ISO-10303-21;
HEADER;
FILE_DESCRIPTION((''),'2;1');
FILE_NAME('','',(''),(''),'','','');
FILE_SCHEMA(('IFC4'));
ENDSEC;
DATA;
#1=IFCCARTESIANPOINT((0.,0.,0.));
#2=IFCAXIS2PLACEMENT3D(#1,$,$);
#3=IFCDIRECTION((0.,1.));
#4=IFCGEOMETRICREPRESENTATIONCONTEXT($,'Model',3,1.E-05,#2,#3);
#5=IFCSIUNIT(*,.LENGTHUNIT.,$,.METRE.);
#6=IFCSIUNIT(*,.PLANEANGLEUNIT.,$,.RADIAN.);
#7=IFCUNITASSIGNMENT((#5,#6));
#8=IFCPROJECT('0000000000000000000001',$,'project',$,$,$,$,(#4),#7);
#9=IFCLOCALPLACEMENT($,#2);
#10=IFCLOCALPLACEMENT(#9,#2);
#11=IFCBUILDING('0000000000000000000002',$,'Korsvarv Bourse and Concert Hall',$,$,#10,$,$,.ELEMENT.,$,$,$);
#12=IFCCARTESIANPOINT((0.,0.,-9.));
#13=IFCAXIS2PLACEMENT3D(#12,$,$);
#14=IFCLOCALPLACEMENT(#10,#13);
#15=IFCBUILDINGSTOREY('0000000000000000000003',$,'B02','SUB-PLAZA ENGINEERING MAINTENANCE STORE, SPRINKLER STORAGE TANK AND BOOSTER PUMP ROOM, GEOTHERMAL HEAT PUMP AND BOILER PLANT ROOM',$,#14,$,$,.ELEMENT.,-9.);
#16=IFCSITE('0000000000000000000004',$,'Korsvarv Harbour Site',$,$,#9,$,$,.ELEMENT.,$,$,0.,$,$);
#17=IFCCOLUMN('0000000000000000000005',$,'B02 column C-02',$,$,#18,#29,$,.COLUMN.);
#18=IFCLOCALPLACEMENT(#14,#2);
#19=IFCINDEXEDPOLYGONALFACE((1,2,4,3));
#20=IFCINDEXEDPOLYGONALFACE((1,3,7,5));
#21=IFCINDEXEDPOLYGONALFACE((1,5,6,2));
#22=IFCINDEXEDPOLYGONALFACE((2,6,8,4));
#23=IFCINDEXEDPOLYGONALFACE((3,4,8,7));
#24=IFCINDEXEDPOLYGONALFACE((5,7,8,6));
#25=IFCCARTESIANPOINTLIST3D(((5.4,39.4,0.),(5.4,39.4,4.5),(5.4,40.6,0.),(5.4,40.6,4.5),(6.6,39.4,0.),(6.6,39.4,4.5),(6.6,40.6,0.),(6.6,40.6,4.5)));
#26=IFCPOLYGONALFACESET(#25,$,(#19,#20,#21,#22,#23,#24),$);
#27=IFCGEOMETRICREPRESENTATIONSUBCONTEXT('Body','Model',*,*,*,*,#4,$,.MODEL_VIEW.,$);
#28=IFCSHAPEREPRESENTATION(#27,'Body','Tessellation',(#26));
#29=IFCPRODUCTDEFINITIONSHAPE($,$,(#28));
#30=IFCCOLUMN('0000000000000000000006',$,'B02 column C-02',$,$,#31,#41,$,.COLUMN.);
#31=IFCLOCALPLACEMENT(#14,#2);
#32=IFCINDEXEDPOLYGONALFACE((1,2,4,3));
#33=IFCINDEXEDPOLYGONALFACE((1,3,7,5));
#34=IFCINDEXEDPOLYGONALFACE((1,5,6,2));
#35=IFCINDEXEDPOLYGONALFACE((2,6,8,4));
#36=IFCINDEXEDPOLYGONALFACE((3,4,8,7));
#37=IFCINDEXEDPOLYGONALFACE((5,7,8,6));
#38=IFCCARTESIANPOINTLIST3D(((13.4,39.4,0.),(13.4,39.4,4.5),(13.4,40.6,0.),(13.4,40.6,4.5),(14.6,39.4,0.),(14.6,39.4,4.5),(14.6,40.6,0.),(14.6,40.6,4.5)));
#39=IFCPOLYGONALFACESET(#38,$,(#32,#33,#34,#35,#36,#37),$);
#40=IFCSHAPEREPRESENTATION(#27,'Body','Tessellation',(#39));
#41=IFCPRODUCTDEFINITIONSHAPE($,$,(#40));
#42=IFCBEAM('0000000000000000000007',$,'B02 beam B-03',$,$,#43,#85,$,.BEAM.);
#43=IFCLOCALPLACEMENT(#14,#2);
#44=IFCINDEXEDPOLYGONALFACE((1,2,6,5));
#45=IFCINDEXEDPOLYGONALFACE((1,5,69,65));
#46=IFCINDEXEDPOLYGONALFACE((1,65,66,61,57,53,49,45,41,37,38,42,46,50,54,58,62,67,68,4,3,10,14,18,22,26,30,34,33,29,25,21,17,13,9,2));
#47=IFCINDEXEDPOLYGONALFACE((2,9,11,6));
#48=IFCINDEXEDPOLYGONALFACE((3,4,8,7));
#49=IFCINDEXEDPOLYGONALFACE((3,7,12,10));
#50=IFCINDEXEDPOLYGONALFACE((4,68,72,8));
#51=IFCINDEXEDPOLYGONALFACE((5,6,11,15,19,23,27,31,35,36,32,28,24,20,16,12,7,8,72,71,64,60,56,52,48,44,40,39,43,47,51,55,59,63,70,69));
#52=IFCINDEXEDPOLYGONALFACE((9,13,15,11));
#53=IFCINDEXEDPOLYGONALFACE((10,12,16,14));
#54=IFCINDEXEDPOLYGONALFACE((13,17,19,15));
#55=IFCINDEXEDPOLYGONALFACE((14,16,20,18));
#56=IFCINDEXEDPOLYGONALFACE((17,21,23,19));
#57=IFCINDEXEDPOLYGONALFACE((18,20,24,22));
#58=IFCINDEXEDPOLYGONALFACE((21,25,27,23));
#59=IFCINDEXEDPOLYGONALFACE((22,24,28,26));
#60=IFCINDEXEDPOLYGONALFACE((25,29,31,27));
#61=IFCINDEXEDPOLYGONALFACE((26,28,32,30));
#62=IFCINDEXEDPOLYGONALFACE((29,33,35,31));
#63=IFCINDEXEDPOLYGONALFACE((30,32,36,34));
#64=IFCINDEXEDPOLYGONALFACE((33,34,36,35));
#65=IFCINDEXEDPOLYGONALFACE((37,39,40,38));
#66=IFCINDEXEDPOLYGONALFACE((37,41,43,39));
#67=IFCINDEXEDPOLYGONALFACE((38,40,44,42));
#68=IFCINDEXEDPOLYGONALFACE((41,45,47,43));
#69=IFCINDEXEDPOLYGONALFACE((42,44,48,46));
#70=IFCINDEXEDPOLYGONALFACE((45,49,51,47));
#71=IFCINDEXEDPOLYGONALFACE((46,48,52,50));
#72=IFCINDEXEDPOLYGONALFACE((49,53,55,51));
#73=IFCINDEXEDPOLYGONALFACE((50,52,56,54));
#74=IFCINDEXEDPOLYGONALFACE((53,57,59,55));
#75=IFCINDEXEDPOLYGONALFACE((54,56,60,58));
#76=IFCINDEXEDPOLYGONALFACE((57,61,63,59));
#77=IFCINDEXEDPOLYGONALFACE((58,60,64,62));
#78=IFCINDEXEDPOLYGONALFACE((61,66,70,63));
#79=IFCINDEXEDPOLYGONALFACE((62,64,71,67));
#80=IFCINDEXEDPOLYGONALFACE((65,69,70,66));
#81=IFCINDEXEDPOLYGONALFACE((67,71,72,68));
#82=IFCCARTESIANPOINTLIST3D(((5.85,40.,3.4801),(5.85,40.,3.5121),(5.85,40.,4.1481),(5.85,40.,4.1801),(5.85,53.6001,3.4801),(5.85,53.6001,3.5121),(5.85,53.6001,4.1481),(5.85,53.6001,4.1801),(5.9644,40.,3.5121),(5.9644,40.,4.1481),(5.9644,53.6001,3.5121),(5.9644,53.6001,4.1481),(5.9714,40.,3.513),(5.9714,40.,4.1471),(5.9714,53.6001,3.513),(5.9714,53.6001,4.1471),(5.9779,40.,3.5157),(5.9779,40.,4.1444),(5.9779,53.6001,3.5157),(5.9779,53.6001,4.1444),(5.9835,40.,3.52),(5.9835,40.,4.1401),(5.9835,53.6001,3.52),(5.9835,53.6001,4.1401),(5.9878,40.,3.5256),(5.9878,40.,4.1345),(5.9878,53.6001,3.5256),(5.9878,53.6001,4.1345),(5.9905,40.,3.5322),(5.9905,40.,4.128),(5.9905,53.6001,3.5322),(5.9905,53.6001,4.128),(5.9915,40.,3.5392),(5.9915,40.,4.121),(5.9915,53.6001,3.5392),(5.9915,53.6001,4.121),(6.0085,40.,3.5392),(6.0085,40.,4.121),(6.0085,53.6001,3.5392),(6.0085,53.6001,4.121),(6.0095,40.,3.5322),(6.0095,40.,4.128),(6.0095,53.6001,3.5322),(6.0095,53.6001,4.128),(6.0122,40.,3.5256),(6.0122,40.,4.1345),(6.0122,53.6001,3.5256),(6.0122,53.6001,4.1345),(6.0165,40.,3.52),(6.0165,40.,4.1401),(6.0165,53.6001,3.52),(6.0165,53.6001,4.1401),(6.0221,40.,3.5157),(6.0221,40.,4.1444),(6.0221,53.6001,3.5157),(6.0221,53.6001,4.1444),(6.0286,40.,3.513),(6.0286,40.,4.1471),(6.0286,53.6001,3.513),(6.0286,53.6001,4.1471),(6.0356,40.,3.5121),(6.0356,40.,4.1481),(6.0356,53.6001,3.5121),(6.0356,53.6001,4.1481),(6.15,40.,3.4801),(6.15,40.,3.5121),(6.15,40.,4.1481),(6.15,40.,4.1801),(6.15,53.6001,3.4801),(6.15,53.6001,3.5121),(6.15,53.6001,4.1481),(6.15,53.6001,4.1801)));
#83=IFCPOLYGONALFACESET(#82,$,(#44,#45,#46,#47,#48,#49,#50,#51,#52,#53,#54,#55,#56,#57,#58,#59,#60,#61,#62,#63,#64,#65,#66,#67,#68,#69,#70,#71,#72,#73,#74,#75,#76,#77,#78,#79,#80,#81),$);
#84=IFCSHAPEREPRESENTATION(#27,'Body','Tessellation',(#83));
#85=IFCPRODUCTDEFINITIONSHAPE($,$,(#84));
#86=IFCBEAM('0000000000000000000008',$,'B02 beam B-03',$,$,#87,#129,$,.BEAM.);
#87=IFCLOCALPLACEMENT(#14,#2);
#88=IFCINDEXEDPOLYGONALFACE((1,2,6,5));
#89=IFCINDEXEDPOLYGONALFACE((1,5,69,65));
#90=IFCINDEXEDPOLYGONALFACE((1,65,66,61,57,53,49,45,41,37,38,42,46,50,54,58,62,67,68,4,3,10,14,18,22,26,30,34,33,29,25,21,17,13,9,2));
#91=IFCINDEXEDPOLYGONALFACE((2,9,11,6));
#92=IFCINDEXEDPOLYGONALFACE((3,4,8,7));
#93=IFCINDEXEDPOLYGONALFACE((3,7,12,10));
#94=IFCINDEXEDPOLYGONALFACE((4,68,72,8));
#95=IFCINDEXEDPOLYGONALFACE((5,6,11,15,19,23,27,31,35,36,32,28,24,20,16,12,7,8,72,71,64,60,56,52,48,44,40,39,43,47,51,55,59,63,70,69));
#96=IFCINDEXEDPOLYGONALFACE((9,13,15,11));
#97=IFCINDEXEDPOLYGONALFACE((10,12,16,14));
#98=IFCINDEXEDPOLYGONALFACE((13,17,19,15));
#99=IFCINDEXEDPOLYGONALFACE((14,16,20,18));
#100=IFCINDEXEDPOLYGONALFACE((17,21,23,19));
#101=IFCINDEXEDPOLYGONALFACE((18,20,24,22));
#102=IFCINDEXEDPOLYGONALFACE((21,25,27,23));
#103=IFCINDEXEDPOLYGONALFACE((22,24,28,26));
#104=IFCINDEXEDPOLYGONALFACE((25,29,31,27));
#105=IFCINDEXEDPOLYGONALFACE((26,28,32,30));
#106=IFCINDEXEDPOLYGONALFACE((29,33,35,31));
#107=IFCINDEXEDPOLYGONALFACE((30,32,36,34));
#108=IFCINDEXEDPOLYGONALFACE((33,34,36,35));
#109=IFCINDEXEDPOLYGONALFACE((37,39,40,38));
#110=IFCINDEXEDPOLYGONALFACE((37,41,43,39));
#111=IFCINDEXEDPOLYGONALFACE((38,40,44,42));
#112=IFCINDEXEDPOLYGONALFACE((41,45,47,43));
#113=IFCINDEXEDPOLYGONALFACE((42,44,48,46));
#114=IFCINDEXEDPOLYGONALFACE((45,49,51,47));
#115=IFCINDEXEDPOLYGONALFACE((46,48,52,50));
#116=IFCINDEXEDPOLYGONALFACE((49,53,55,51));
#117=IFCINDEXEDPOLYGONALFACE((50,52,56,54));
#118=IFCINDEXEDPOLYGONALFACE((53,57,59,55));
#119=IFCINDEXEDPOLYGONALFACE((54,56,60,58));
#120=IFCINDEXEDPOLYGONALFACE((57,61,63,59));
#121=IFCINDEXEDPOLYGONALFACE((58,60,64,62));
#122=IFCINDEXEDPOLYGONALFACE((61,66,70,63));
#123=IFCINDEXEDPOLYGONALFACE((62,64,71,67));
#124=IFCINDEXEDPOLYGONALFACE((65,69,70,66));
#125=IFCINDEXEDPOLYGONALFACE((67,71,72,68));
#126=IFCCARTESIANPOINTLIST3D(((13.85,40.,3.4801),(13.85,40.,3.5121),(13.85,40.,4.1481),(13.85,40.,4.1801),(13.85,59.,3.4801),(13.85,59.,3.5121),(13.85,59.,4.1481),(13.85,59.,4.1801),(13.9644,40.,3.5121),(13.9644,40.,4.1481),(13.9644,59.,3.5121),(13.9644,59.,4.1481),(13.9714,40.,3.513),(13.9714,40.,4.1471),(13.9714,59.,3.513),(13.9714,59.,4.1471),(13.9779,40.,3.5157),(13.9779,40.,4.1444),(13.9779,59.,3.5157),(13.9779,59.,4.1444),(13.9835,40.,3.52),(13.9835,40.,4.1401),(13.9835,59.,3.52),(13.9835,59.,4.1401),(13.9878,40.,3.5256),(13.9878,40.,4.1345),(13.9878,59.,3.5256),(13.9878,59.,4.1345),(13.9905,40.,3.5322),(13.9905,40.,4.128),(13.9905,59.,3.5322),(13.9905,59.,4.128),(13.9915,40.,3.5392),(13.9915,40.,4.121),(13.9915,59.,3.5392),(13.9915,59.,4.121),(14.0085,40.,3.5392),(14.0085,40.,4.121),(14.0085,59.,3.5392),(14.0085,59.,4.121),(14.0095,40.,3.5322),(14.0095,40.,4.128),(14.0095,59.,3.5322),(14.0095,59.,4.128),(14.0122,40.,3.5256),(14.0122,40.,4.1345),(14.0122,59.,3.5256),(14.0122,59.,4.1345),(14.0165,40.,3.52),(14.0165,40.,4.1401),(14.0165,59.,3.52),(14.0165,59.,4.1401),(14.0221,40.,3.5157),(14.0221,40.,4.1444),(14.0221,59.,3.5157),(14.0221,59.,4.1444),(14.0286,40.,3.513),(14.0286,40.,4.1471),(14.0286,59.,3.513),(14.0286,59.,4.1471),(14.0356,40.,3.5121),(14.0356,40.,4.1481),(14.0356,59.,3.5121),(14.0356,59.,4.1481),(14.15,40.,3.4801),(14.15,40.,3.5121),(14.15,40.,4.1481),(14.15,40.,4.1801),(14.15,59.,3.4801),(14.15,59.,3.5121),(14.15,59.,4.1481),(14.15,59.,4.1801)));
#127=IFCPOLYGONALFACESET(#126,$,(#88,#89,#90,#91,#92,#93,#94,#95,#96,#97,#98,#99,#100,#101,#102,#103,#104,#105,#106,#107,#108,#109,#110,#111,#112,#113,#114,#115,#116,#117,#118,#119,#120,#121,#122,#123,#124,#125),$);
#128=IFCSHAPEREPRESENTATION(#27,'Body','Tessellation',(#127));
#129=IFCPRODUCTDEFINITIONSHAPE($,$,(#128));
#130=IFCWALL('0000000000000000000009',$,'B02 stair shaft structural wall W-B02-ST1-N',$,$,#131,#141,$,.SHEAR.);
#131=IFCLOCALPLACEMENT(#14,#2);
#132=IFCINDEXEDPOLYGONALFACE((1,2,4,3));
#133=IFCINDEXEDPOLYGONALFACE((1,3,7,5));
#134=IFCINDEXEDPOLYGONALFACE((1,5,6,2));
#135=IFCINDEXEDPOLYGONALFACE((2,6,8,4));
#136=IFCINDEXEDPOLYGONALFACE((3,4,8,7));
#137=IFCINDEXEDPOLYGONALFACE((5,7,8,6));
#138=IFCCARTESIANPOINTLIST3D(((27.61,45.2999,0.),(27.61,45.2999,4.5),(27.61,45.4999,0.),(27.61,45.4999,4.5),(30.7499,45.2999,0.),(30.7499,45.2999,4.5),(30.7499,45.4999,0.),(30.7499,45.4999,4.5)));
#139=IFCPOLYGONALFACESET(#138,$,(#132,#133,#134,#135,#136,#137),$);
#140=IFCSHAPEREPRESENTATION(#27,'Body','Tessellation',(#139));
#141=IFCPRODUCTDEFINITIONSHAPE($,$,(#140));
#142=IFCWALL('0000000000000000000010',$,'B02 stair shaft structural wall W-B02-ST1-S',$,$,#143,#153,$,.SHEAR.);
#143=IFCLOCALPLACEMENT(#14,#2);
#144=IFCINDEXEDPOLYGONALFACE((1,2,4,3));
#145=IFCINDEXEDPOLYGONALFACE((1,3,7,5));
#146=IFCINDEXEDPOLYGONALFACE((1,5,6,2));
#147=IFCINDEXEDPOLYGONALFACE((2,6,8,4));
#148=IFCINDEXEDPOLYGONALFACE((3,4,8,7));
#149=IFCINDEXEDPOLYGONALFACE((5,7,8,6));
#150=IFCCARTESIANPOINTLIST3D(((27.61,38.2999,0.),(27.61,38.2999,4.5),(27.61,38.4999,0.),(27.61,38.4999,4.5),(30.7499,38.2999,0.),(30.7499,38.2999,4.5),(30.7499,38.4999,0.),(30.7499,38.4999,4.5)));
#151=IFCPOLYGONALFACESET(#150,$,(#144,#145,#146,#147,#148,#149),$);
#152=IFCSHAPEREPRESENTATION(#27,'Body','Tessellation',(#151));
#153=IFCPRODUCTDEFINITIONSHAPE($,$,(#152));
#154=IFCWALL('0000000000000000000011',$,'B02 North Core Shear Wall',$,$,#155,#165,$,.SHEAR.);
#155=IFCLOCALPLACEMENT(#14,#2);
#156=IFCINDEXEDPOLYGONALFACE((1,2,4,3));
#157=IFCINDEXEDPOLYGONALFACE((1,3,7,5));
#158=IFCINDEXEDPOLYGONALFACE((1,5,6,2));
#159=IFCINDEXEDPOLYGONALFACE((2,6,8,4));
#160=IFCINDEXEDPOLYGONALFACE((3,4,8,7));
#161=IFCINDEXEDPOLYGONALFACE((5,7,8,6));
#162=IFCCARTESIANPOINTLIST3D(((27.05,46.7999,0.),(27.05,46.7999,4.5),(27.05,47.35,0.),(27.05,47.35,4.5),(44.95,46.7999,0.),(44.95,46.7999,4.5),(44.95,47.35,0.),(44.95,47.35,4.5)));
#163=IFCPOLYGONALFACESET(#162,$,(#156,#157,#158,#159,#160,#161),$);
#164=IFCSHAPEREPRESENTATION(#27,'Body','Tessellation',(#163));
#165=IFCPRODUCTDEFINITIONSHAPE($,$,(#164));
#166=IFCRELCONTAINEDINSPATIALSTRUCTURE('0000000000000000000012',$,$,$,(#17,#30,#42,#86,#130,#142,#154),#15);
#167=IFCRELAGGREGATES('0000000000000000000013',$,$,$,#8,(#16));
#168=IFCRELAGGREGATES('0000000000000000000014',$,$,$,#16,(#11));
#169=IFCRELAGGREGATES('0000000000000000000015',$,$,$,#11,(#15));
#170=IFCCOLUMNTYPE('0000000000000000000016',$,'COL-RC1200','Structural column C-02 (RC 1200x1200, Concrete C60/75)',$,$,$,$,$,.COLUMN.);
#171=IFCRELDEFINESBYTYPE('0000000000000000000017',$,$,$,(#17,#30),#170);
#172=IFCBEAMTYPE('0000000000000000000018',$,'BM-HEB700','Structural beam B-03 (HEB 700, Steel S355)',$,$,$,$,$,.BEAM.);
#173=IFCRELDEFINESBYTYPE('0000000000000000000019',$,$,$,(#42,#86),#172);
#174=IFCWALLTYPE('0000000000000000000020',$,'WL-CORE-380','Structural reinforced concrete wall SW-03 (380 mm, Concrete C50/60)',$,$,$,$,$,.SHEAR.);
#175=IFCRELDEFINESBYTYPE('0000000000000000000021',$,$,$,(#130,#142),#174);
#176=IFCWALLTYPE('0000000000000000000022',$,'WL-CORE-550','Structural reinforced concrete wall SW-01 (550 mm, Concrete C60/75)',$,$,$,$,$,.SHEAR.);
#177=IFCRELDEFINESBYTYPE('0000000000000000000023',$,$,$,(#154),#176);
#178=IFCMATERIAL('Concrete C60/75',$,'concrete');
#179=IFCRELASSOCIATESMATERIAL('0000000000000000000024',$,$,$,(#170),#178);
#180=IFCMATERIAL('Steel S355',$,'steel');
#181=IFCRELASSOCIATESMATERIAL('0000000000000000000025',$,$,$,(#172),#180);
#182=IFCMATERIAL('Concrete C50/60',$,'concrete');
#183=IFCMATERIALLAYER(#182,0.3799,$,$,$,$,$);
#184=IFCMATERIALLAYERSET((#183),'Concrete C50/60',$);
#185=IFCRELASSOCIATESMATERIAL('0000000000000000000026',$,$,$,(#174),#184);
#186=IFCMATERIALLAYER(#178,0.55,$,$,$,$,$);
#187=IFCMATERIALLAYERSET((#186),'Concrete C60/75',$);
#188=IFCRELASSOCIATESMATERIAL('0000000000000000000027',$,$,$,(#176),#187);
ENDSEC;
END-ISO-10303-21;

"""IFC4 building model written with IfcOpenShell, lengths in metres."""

from ifc_helpers import new_model, si_unit, direction, frame, frame_2d, origin, origin_2d, place, context, subcontext, project, spatial, rectangle, i_section, extrude, source, transform, mapped, material, layer, layer_set, material_profile, profile_set, type_object, element, save


model = new_model("IFC4")

# Units and contexts
model_context = context("Model", 3, precision=1e-05, world=origin(), true_north=direction((0.0, 1.0)))
body_context = subcontext(model_context, "Body", "Model", "MODEL_VIEW")
ifc_project = project(units=[si_unit("LENGTHUNIT", "METRE"), si_unit("PLANEANGLEUNIT", "RADIAN")], contexts=[model_context])

# Site, building, storey
site_placement = place(None, origin())
site = spatial("IfcSite", under=ifc_project, at=site_placement, Name="Korsvarv Harbour Site", CompositionType="ELEMENT", RefElevation=0.0)
building_placement = place(site_placement, origin())
building = spatial("IfcBuilding", under=site, at=building_placement, Name="Korsvarv Bourse and Concert Hall", CompositionType="ELEMENT")
storey_placement = place(building_placement, frame((0.0, 0.0, -9.0)))
storey = spatial("IfcBuildingStorey", under=building, at=storey_placement, Name="B02", Description="SUB-PLAZA ENGINEERING MAINTENANCE STORE, SPRINKLER STORAGE TANK AND BOOSTER PUMP ROOM, GEOTHERMAL HEAT PUMP AND BOILER PLANT ROOM", CompositionType="ELEMENT", Elevation=-9.0)

# Columns
ifc_material_1 = material(Name="Concrete C60/75", Category="concrete")
ifc_material_profile_1 = material_profile(ifc_material_1, rectangle(XDim=1.2, YDim=1.2, at=origin_2d()), Name="RC 1200x1200")
ifc_profile_set_1 = profile_set([ifc_material_profile_1], Name="Concrete C60/75")
column_type_1 = type_object("IfcColumnType", Name="COL-RC1200", Description="Structural column C-02 (RC 1200x1200, Concrete C60/75)", PredefinedType="COLUMN", material=ifc_profile_set_1)
shared_shape_1 = source(origin(), body_context, "Body", "SweptSolid", [
    extrude(rectangle(XDim=1.2, YDim=1.2, at=origin_2d()), origin(), (0.0, 0.0, 1.0), 4.5),
])
for number, where, z_axis, x_axis, name in (
    (1, (6.0, 40.0, 0.0), (0.0, 0.0, 1.0), (1.0, 0.0, 0.0), "B02 column C-02"),
    (2, (14.0, 40.0, 0.0), (0.0, 0.0, 1.0), (1.0, 0.0, 0.0), "B02 column C-02"),
):
    element("IfcColumn", number, at=place(storey_placement, frame(where, z_axis=z_axis, x_axis=x_axis)), inside=storey, type_object=column_type_1, Name=name, PredefinedType="COLUMN", context=body_context, shape_type="MappedRepresentation", body=[
        mapped(shared_shape_1, transform((0.0, 0.0, 0.0), scale=1.0)),
    ])

# Beams
ifc_material_2 = material(Name="Steel S355", Category="steel")
ifc_material_profile_2 = material_profile(ifc_material_2, i_section(OverallWidth=0.3, OverallDepth=0.7, WebThickness=0.0171, FlangeThickness=0.032, FilletRadius=0.0271, at=origin_2d()), Name="HEB 700")
ifc_profile_set_2 = profile_set([ifc_material_profile_2], Name="Steel S355")
beam_type = type_object("IfcBeamType", Name="BM-HEB700", Description="Structural beam B-03 (HEB 700, Steel S355)", PredefinedType="BEAM", material=ifc_profile_set_2)
shared_shape_2 = source(origin(), body_context, "Body", "SweptSolid", [
    extrude(i_section(OverallWidth=0.3, OverallDepth=0.7, WebThickness=0.0171, FlangeThickness=0.032, FilletRadius=0.0271, at=origin_2d()), origin(), (0.0, 0.0, 1.0), 13.6001),
])
beam_1_placement = place(storey_placement, frame((6.0, 40.0, 3.8301), z_axis=(0.0, 1.0, 0.0), x_axis=(-1.0, 0.0, 0.0)))
element("IfcBeam", 3, at=beam_1_placement, inside=storey, type_object=beam_type, Name="B02 beam B-03", PredefinedType="BEAM", context=body_context, shape_type="MappedRepresentation", body=[
    mapped(shared_shape_2, transform((0.0, 0.0, 0.0), scale=1.0)),
])
shared_shape_3 = source(origin(), body_context, "Body", "SweptSolid", [
    extrude(i_section(OverallWidth=0.3, OverallDepth=0.7, WebThickness=0.0171, FlangeThickness=0.032, FilletRadius=0.0271, at=origin_2d()), origin(), (0.0, 0.0, 1.0), 19.0),
])
beam_2_placement = place(storey_placement, frame((14.0, 40.0, 3.8301), z_axis=(0.0, 1.0, 0.0), x_axis=(-1.0, 0.0, 0.0)))
element("IfcBeam", 4, at=beam_2_placement, inside=storey, type_object=beam_type, Name="B02 beam B-03", PredefinedType="BEAM", context=body_context, shape_type="MappedRepresentation", body=[
    mapped(shared_shape_3, transform((0.0, 0.0, 0.0), scale=1.0)),
])

# Walls
ifc_material_3 = material(Name="Concrete C50/60", Category="concrete")
ifc_layer_1 = layer(ifc_material_3, 0.3799)
ifc_layer_set_1 = layer_set([ifc_layer_1], Name="Concrete C50/60")
wall_type_1 = type_object("IfcWallType", Name="WL-CORE-380", Description="Structural reinforced concrete wall SW-03 (380 mm, Concrete C50/60)", PredefinedType="SHEAR", material=ifc_layer_set_1)
for number, where, z_axis, x_axis, name in (
    (5, (27.6101, 45.3999, 0.0), (0.0, 0.0, 1.0), (1.0, 0.0, 0.0), "B02 stair shaft structural wall W-B02-ST1-N"),
    (6, (27.6101, 38.3999, 0.0), (0.0, 0.0, 1.0), (1.0, 0.0, 0.0), "B02 stair shaft structural wall W-B02-ST1-S"),
):
    element("IfcWall", number, at=place(storey_placement, frame(where, z_axis=z_axis, x_axis=x_axis)), inside=storey, type_object=wall_type_1, Name=name, PredefinedType="SHEAR", context=body_context, shape_type="SweptSolid", body=[
        extrude(rectangle(XDim=3.1399, YDim=0.2, at=frame_2d((1.5698, 0.0))), origin(), (0.0, 0.0, 1.0), 4.5),
    ])
ifc_layer_2 = layer(ifc_material_1, 0.55)
ifc_layer_set_2 = layer_set([ifc_layer_2], Name="Concrete C60/75")
wall_type_2 = type_object("IfcWallType", Name="WL-CORE-550", Description="Structural reinforced concrete wall SW-01 (550 mm, Concrete C60/75)", PredefinedType="SHEAR", material=ifc_layer_set_2)
wall_1_placement = place(storey_placement, frame((27.05, 47.075, 0.0), z_axis=(0.0, 0.0, 1.0), x_axis=(1.0, 0.0, 0.0)))
element("IfcWall", 7, at=wall_1_placement, inside=storey, type_object=wall_type_2, Name="B02 North Core Shear Wall", PredefinedType="SHEAR", context=body_context, shape_type="SweptSolid", body=[
    extrude(rectangle(XDim=17.8999, YDim=0.55, at=frame_2d((8.95, 0.0))), origin(), (0.0, 0.0, 1.0), 4.5),
])

save(model, "model.ifc")
